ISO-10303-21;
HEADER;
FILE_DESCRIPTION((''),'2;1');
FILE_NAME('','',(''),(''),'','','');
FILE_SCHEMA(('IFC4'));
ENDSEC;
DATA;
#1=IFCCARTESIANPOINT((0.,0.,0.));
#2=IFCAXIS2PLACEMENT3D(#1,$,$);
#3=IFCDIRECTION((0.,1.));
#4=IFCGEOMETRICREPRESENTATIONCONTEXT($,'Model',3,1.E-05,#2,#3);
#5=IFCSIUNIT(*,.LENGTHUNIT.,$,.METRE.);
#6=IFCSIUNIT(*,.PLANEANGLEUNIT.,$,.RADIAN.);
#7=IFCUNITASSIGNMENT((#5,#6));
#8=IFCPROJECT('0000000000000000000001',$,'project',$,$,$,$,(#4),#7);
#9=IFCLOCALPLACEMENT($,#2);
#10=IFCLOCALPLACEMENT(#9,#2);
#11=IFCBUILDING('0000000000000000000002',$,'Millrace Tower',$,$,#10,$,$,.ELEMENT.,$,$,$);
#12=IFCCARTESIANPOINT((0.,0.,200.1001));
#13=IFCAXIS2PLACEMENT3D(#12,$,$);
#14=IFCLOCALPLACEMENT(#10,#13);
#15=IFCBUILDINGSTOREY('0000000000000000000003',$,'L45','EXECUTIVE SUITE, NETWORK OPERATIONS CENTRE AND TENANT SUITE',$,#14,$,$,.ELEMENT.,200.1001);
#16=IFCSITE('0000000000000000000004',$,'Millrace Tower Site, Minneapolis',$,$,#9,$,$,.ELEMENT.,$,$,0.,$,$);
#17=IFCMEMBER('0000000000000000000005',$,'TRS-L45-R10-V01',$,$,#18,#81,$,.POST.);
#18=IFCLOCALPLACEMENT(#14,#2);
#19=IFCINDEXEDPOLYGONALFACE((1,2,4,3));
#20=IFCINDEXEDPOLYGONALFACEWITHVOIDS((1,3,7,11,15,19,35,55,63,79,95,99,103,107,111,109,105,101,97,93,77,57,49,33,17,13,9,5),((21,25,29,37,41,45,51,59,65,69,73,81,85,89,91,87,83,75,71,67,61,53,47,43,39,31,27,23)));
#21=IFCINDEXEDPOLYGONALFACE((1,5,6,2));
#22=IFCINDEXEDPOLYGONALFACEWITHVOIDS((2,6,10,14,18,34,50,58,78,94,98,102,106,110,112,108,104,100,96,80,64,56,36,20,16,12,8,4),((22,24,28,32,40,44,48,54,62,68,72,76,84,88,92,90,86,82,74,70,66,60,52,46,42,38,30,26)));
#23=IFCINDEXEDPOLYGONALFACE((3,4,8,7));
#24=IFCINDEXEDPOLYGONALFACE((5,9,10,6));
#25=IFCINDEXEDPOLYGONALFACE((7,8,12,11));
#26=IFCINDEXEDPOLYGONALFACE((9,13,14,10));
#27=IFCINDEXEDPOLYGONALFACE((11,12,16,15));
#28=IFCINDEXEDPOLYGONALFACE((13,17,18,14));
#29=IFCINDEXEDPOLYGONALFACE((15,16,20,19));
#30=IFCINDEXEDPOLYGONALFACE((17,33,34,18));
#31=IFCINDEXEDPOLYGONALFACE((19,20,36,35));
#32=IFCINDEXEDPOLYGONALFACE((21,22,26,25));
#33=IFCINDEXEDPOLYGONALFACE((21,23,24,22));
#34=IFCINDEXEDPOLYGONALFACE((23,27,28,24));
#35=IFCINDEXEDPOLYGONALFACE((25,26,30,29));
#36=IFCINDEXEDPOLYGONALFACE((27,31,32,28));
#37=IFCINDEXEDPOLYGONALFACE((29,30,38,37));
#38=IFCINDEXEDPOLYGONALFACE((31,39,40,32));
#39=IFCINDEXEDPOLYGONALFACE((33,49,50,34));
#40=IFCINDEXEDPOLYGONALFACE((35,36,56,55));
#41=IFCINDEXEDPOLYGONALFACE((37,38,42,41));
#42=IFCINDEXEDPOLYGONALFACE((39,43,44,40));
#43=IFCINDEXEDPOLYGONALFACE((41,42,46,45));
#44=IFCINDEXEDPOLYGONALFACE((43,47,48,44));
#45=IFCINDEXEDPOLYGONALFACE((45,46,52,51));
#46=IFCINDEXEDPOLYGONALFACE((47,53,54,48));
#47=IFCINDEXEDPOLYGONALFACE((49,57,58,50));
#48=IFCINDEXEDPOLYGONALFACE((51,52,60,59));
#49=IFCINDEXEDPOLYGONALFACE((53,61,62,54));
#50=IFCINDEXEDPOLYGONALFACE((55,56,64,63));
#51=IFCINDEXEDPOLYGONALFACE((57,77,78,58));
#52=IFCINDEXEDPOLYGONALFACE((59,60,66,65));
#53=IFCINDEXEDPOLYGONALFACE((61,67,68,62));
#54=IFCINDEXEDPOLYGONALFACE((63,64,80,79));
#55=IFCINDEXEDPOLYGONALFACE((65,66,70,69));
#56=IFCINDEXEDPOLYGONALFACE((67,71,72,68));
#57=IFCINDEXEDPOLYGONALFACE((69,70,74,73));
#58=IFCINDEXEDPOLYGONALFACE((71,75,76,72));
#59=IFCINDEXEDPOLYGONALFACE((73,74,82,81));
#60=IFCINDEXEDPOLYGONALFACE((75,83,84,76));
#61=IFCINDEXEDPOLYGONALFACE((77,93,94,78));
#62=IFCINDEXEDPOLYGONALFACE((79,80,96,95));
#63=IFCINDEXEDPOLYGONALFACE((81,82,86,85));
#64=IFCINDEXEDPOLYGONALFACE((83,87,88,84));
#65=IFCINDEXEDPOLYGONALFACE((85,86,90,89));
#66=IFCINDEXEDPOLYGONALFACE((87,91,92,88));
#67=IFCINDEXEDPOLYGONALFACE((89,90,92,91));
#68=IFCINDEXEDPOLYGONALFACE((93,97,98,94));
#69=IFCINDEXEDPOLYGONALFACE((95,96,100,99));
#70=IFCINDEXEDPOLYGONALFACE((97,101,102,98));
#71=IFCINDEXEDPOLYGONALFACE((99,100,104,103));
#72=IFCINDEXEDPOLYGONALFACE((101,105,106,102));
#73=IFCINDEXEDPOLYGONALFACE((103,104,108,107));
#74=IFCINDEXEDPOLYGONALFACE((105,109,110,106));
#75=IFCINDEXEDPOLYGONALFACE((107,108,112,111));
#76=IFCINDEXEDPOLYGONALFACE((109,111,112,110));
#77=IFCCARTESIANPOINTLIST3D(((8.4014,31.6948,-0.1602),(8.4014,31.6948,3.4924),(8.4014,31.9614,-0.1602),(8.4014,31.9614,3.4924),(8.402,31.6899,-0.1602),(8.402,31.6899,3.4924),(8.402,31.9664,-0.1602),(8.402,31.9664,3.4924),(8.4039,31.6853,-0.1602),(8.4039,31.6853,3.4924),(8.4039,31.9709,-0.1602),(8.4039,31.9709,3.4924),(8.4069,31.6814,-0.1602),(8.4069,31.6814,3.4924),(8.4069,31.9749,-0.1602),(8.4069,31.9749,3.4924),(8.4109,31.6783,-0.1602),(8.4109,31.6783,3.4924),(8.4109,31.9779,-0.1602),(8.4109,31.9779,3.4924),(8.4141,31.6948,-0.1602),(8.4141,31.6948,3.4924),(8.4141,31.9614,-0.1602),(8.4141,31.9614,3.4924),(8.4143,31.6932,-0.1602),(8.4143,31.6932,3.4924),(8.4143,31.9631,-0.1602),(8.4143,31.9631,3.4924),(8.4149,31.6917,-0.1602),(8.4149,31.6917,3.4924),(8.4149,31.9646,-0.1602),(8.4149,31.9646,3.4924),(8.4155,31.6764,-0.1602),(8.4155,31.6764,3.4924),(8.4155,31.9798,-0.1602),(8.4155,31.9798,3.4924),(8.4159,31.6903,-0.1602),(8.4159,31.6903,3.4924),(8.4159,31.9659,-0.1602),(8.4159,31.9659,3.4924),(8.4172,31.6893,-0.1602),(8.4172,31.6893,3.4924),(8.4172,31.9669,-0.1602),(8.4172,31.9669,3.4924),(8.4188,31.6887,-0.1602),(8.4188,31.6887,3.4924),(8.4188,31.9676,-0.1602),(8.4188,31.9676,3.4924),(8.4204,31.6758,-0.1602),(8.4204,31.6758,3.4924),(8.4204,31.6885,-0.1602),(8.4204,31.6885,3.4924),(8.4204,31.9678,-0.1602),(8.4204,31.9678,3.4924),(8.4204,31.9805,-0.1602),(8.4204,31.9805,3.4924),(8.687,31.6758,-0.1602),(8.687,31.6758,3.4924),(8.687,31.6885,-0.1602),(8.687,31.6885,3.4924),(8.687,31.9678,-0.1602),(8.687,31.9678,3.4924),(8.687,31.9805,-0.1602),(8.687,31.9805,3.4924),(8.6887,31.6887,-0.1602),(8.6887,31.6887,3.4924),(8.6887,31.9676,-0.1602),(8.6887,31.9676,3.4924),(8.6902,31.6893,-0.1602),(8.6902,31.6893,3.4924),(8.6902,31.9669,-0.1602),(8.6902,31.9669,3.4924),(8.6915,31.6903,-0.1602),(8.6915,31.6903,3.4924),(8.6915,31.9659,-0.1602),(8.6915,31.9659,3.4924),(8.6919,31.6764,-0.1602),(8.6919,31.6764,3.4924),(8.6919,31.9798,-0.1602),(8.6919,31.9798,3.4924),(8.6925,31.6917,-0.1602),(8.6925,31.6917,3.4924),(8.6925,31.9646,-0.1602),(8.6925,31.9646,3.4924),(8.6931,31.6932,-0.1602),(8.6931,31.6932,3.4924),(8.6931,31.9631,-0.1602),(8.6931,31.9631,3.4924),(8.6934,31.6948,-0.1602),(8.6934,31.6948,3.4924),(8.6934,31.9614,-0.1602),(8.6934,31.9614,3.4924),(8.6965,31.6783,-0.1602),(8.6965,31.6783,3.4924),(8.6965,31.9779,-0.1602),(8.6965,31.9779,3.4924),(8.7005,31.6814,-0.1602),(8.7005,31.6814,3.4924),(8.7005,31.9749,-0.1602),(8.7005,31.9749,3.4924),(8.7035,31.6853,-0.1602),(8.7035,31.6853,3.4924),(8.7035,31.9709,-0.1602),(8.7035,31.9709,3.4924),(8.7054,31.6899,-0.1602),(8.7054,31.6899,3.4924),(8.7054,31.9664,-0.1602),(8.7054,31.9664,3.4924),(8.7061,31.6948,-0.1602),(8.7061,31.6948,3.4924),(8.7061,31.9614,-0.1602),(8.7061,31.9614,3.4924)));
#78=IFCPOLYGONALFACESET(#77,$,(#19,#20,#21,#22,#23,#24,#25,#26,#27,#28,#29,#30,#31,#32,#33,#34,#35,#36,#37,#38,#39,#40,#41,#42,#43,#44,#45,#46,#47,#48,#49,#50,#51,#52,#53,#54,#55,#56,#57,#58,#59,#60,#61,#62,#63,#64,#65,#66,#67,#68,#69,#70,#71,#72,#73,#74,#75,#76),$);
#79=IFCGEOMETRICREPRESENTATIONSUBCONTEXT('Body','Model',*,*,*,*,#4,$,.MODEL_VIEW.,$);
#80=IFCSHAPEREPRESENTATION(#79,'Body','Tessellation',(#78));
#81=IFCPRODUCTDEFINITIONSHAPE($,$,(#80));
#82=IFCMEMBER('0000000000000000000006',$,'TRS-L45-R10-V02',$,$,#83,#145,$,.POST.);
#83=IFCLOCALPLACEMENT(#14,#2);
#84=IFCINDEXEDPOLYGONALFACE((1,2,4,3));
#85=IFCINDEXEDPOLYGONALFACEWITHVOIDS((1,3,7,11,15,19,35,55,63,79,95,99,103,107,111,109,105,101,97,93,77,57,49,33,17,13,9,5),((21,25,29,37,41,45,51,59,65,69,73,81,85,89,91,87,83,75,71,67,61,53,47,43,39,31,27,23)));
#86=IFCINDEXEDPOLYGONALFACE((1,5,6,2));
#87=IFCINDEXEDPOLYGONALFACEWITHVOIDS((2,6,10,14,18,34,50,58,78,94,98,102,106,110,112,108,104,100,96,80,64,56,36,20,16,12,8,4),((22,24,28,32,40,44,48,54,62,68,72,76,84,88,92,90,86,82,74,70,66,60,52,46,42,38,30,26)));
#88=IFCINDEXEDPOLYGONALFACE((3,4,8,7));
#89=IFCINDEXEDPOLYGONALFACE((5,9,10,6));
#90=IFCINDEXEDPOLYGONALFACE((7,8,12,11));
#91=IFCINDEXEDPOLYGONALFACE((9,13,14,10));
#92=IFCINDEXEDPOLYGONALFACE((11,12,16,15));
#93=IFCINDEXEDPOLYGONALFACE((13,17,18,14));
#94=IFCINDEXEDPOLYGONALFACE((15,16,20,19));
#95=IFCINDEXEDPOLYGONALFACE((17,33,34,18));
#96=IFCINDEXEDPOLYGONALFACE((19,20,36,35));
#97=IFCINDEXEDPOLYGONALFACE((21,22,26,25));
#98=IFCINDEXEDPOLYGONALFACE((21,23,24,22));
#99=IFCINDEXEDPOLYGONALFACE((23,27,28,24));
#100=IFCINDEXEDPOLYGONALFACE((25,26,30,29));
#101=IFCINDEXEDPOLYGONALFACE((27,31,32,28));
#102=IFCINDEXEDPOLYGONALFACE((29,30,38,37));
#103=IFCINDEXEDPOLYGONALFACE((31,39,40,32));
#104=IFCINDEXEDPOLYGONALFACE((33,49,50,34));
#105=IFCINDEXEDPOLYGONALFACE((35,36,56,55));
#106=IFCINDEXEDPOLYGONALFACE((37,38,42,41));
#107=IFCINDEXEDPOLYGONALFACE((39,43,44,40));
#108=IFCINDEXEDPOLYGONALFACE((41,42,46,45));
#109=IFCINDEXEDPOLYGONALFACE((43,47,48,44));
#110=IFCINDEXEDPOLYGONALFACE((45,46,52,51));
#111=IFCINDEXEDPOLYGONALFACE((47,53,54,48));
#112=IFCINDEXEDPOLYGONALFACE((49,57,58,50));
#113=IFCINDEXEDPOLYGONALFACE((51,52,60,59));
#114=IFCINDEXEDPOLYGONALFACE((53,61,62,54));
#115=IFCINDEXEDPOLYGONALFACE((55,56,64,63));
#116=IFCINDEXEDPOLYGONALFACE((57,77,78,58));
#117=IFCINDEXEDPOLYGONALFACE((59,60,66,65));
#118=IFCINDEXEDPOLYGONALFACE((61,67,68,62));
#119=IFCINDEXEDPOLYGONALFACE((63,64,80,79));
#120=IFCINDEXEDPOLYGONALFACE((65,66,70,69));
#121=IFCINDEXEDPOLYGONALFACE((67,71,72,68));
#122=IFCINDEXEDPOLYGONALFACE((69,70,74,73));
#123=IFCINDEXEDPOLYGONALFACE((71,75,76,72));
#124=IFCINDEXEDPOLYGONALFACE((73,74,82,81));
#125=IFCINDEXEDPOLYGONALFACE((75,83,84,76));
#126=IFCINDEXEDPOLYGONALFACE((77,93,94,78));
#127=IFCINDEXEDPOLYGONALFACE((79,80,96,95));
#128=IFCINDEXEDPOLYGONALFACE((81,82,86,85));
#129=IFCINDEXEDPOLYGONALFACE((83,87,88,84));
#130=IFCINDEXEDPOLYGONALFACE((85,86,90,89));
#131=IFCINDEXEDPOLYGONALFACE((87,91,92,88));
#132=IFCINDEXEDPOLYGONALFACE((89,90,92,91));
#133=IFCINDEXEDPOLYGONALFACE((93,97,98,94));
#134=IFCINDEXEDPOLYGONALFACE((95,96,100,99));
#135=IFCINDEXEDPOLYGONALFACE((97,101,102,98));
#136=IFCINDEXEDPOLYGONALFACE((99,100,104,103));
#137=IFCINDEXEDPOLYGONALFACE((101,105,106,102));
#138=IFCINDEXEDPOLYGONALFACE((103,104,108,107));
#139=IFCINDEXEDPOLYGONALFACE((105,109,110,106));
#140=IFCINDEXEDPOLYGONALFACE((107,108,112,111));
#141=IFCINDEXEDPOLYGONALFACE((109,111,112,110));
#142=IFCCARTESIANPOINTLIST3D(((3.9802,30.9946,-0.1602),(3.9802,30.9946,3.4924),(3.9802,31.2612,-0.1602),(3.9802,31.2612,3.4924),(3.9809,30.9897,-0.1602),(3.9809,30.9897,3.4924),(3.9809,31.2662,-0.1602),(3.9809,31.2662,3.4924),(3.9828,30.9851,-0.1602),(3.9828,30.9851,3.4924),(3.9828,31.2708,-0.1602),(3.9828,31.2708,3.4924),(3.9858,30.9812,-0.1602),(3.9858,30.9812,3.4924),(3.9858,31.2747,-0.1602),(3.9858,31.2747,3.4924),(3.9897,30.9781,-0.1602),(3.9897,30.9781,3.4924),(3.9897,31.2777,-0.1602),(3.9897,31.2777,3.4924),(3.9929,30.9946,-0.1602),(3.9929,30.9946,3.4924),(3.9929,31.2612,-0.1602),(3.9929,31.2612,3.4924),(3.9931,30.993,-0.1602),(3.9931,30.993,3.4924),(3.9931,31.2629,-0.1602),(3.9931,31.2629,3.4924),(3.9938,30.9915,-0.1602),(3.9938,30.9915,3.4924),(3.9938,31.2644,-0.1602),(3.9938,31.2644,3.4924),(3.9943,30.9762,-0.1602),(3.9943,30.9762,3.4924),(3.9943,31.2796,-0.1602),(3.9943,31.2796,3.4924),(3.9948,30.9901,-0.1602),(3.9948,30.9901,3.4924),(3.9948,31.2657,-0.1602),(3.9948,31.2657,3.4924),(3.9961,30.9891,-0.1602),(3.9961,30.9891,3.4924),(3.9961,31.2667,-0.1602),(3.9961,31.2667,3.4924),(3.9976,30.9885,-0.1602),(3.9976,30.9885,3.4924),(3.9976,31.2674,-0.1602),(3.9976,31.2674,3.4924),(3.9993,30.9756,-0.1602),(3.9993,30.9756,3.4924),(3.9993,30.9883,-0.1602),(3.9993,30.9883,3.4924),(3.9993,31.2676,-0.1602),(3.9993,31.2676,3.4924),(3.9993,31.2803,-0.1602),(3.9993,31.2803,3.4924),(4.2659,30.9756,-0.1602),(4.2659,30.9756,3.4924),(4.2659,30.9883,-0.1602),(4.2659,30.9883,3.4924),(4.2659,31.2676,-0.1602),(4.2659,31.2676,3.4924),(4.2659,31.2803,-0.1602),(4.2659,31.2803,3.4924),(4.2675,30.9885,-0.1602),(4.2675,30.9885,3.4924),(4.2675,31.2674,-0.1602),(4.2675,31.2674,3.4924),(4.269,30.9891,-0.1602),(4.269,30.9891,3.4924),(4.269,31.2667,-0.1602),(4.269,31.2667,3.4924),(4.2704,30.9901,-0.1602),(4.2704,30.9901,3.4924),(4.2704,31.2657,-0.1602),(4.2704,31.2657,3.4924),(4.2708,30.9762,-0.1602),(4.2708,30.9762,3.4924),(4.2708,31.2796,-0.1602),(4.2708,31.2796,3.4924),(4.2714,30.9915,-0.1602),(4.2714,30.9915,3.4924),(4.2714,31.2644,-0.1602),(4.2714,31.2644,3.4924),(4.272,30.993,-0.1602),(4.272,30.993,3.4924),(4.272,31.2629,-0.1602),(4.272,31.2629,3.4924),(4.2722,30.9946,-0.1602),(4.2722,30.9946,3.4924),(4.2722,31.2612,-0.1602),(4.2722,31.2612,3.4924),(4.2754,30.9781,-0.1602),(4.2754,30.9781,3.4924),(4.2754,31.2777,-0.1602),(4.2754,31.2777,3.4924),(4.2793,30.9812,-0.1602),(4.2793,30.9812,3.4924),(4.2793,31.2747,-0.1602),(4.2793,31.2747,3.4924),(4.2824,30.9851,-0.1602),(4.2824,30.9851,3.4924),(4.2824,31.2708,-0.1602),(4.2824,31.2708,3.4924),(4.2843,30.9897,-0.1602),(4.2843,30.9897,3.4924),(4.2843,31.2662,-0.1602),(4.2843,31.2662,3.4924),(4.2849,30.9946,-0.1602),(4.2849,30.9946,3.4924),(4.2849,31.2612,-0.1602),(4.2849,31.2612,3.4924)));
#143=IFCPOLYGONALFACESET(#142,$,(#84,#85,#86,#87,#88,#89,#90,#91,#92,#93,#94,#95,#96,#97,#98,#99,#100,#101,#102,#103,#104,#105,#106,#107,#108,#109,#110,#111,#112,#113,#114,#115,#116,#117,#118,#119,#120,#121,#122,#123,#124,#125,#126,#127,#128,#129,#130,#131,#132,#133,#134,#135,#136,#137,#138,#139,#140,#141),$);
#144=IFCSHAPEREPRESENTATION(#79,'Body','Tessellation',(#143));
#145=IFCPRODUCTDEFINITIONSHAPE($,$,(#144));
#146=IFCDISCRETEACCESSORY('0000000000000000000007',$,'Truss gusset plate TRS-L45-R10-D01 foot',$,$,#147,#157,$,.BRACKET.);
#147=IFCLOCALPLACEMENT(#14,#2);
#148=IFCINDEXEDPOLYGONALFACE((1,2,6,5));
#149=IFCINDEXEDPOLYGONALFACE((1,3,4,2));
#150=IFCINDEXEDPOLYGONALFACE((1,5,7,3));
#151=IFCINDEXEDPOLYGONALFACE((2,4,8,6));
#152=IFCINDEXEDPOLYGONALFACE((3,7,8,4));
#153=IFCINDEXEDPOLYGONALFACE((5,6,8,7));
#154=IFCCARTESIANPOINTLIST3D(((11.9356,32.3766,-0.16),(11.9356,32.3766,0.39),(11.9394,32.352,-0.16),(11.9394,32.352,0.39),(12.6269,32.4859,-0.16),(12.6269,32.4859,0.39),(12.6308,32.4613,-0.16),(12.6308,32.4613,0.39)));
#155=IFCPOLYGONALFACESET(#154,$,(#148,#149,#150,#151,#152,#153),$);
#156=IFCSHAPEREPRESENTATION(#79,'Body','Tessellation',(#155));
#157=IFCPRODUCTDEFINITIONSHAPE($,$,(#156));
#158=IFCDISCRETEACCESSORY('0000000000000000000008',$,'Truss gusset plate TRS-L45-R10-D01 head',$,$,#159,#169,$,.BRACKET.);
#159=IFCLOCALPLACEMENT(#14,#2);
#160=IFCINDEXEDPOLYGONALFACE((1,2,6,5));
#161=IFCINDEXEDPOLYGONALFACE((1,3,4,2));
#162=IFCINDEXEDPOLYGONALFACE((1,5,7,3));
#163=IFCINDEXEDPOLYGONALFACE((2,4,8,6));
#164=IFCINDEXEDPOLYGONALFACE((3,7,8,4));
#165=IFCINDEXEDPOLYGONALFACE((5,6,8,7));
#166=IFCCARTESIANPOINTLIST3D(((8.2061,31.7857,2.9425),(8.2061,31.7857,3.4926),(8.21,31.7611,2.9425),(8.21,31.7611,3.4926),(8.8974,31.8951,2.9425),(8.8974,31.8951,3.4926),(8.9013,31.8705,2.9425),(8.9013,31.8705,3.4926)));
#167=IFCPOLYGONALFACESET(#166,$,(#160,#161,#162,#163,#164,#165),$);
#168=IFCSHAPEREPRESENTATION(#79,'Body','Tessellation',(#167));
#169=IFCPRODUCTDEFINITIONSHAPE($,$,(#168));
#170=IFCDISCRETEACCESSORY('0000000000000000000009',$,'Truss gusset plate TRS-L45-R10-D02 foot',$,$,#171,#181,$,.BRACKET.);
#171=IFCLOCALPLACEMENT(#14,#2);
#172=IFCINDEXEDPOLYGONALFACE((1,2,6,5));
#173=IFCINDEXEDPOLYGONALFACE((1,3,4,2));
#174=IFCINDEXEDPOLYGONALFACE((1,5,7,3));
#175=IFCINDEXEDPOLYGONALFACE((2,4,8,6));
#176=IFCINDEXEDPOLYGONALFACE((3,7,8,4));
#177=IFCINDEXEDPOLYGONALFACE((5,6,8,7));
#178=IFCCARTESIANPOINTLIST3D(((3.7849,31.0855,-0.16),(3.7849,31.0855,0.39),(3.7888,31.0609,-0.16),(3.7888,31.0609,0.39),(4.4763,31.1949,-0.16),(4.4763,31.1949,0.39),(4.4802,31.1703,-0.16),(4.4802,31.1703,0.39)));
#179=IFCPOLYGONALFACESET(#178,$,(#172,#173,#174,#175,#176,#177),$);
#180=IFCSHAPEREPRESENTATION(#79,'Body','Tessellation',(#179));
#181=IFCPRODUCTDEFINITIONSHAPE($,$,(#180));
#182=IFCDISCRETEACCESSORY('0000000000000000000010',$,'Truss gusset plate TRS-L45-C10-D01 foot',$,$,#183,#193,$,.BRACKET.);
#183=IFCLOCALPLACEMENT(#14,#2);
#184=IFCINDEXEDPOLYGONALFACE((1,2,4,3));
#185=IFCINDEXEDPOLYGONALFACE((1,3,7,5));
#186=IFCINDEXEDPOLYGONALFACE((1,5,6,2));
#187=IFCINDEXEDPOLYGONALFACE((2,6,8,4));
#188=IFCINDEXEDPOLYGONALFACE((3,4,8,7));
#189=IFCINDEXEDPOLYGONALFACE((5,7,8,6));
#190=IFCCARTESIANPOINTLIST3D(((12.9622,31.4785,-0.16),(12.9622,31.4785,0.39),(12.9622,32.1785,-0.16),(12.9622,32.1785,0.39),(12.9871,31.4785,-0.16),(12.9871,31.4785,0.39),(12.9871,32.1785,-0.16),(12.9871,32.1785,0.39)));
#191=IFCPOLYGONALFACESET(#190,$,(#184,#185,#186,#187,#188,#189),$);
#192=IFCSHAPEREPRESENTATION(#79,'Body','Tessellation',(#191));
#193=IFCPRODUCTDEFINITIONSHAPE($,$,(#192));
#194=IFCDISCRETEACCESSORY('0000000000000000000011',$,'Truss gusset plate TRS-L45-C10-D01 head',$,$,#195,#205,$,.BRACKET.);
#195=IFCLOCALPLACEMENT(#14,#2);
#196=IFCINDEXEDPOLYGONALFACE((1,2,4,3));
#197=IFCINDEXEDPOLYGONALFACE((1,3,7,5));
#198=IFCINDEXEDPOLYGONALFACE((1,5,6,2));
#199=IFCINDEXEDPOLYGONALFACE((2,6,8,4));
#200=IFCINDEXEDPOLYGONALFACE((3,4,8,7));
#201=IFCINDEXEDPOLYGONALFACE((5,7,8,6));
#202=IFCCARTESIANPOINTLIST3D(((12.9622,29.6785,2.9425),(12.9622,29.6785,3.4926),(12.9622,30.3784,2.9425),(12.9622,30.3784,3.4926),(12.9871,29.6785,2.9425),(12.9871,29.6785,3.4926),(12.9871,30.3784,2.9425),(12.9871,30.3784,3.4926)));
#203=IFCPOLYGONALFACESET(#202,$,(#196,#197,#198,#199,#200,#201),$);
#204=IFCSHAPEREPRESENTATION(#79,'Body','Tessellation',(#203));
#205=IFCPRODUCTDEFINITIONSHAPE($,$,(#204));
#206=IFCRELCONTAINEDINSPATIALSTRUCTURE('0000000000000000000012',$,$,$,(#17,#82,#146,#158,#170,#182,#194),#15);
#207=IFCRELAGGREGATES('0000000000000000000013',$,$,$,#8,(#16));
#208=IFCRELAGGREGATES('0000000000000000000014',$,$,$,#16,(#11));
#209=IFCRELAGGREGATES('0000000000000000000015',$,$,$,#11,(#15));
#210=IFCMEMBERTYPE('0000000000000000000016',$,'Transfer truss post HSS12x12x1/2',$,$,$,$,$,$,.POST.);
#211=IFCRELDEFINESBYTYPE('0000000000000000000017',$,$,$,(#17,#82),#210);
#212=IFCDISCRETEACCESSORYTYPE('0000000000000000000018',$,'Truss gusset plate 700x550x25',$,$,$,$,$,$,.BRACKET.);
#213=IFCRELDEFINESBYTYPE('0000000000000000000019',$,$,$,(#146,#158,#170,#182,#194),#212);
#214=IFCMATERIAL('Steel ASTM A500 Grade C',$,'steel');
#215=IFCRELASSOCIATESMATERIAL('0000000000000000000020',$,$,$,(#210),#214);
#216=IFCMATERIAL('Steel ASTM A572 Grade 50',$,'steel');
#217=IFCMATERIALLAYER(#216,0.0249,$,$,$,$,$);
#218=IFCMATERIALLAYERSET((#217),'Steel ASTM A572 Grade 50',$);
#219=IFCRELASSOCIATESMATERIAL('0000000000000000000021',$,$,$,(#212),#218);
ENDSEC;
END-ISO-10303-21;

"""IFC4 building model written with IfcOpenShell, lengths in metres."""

from ifc_helpers import new_model, si_unit, direction, frame, origin, origin_2d, place, context, subcontext, project, spatial, rectangle, hollow_rectangle, extrude, material, layer, layer_set, material_profile, profile_set, type_object, element, save


model = new_model("IFC4")

# Units and contexts
model_context = context("Model", 3, precision=1e-05, world=origin(), true_north=direction((0.0, 1.0)))
body_context = subcontext(model_context, "Body", "Model", "MODEL_VIEW")
ifc_project = project(units=[si_unit("LENGTHUNIT", "METRE"), si_unit("PLANEANGLEUNIT", "RADIAN")], contexts=[model_context])

# Site, building, storey
site_placement = place(None, origin())
site = spatial("IfcSite", under=ifc_project, at=site_placement, Name="Millrace Tower Site, Minneapolis", CompositionType="ELEMENT", RefElevation=0.0)
building_placement = place(site_placement, origin())
building = spatial("IfcBuilding", under=site, at=building_placement, Name="Millrace Tower", CompositionType="ELEMENT")
storey_placement = place(building_placement, frame((0.0, 0.0, 200.1001)))
storey = spatial("IfcBuildingStorey", under=building, at=storey_placement, Name="L45", Description="EXECUTIVE SUITE, NETWORK OPERATIONS CENTRE AND TENANT SUITE", CompositionType="ELEMENT", Elevation=200.1001)

# Members
ifc_material_1 = material(Name="Steel ASTM A500 Grade C", Category="steel")
ifc_material_profile_1 = material_profile(ifc_material_1, hollow_rectangle(XDim=0.3047, YDim=0.3047, WallThickness=0.0127, InnerFilletRadius=0.0063, OuterFilletRadius=0.019, at=origin_2d()))
ifc_profile_set_1 = profile_set([ifc_material_profile_1], Name="Steel ASTM A500 Grade C")
member_type_1 = type_object("IfcMemberType", Name="Transfer truss post HSS12x12x1/2", PredefinedType="POST", material=ifc_profile_set_1)
for number, where, z_axis, x_axis, name in (
    (1, (8.5537, 31.8281, -0.1602), (0.0, 0.0, 1.0), (1.0, 0.0, 0.0), "TRS-L45-R10-V01"),
    (2, (4.1326, 31.1279, -0.1602), (0.0, 0.0, 1.0), (1.0, 0.0, 0.0), "TRS-L45-R10-V02"),
):
    element("IfcMember", number, at=place(storey_placement, frame(where, z_axis=z_axis, x_axis=x_axis)), inside=storey, type_object=member_type_1, Name=name, PredefinedType="POST", context=body_context, shape_type="SweptSolid", body=[
        extrude(hollow_rectangle(XDim=0.3047, YDim=0.3047, WallThickness=0.0127, InnerFilletRadius=0.0063, OuterFilletRadius=0.019, at=origin_2d()), origin(), (0.0, 0.0, 1.0), 3.6526),
    ])

# Discrete accessories
ifc_material_2 = material(Name="Steel ASTM A572 Grade 50", Category="steel")
ifc_layer_1 = layer(ifc_material_2, 0.0249)
ifc_layer_set_1 = layer_set([ifc_layer_1], Name="Steel ASTM A572 Grade 50")
discrete_accessory_type = type_object("IfcDiscreteAccessoryType", Name="Truss gusset plate 700x550x25", PredefinedType="BRACKET", material=ifc_layer_set_1)
for number, where, z_axis, x_axis, name in (
    (3, (11.9375, 32.3643, 0.115), (0.987718, 0.156249, 0.0), (-0.156249, 0.987718, 0.0), "Truss gusset plate TRS-L45-R10-D01 foot"),
    (4, (8.208, 31.7734, 3.2175), (0.987718, 0.156249, 0.0), (-0.156249, 0.987718, 0.0), "Truss gusset plate TRS-L45-R10-D01 head"),
    (5, (3.7869, 31.0732, 0.115), (0.987718, 0.156249, 0.0), (-0.156249, 0.987718, 0.0), "Truss gusset plate TRS-L45-R10-D02 foot"),
    (6, (12.9746, 31.4785, 0.115), (0.0, 1.0, 0.0), (-1.0, 0.0, 0.0), "Truss gusset plate TRS-L45-C10-D01 foot"),
    (7, (12.9746, 29.6785, 3.2175), (0.0, 1.0, 0.0), (-1.0, 0.0, 0.0), "Truss gusset plate TRS-L45-C10-D01 head"),
):
    element("IfcDiscreteAccessory", number, at=place(storey_placement, frame(where, z_axis=z_axis, x_axis=x_axis)), inside=storey, type_object=discrete_accessory_type, Name=name, PredefinedType="BRACKET", context=body_context, shape_type="SweptSolid", body=[
        extrude(rectangle(XDim=0.0249, YDim=0.55, at=origin_2d()), origin(), (0.0, 0.0, 1.0), 0.7),
    ])

save(model, "model.ifc")
